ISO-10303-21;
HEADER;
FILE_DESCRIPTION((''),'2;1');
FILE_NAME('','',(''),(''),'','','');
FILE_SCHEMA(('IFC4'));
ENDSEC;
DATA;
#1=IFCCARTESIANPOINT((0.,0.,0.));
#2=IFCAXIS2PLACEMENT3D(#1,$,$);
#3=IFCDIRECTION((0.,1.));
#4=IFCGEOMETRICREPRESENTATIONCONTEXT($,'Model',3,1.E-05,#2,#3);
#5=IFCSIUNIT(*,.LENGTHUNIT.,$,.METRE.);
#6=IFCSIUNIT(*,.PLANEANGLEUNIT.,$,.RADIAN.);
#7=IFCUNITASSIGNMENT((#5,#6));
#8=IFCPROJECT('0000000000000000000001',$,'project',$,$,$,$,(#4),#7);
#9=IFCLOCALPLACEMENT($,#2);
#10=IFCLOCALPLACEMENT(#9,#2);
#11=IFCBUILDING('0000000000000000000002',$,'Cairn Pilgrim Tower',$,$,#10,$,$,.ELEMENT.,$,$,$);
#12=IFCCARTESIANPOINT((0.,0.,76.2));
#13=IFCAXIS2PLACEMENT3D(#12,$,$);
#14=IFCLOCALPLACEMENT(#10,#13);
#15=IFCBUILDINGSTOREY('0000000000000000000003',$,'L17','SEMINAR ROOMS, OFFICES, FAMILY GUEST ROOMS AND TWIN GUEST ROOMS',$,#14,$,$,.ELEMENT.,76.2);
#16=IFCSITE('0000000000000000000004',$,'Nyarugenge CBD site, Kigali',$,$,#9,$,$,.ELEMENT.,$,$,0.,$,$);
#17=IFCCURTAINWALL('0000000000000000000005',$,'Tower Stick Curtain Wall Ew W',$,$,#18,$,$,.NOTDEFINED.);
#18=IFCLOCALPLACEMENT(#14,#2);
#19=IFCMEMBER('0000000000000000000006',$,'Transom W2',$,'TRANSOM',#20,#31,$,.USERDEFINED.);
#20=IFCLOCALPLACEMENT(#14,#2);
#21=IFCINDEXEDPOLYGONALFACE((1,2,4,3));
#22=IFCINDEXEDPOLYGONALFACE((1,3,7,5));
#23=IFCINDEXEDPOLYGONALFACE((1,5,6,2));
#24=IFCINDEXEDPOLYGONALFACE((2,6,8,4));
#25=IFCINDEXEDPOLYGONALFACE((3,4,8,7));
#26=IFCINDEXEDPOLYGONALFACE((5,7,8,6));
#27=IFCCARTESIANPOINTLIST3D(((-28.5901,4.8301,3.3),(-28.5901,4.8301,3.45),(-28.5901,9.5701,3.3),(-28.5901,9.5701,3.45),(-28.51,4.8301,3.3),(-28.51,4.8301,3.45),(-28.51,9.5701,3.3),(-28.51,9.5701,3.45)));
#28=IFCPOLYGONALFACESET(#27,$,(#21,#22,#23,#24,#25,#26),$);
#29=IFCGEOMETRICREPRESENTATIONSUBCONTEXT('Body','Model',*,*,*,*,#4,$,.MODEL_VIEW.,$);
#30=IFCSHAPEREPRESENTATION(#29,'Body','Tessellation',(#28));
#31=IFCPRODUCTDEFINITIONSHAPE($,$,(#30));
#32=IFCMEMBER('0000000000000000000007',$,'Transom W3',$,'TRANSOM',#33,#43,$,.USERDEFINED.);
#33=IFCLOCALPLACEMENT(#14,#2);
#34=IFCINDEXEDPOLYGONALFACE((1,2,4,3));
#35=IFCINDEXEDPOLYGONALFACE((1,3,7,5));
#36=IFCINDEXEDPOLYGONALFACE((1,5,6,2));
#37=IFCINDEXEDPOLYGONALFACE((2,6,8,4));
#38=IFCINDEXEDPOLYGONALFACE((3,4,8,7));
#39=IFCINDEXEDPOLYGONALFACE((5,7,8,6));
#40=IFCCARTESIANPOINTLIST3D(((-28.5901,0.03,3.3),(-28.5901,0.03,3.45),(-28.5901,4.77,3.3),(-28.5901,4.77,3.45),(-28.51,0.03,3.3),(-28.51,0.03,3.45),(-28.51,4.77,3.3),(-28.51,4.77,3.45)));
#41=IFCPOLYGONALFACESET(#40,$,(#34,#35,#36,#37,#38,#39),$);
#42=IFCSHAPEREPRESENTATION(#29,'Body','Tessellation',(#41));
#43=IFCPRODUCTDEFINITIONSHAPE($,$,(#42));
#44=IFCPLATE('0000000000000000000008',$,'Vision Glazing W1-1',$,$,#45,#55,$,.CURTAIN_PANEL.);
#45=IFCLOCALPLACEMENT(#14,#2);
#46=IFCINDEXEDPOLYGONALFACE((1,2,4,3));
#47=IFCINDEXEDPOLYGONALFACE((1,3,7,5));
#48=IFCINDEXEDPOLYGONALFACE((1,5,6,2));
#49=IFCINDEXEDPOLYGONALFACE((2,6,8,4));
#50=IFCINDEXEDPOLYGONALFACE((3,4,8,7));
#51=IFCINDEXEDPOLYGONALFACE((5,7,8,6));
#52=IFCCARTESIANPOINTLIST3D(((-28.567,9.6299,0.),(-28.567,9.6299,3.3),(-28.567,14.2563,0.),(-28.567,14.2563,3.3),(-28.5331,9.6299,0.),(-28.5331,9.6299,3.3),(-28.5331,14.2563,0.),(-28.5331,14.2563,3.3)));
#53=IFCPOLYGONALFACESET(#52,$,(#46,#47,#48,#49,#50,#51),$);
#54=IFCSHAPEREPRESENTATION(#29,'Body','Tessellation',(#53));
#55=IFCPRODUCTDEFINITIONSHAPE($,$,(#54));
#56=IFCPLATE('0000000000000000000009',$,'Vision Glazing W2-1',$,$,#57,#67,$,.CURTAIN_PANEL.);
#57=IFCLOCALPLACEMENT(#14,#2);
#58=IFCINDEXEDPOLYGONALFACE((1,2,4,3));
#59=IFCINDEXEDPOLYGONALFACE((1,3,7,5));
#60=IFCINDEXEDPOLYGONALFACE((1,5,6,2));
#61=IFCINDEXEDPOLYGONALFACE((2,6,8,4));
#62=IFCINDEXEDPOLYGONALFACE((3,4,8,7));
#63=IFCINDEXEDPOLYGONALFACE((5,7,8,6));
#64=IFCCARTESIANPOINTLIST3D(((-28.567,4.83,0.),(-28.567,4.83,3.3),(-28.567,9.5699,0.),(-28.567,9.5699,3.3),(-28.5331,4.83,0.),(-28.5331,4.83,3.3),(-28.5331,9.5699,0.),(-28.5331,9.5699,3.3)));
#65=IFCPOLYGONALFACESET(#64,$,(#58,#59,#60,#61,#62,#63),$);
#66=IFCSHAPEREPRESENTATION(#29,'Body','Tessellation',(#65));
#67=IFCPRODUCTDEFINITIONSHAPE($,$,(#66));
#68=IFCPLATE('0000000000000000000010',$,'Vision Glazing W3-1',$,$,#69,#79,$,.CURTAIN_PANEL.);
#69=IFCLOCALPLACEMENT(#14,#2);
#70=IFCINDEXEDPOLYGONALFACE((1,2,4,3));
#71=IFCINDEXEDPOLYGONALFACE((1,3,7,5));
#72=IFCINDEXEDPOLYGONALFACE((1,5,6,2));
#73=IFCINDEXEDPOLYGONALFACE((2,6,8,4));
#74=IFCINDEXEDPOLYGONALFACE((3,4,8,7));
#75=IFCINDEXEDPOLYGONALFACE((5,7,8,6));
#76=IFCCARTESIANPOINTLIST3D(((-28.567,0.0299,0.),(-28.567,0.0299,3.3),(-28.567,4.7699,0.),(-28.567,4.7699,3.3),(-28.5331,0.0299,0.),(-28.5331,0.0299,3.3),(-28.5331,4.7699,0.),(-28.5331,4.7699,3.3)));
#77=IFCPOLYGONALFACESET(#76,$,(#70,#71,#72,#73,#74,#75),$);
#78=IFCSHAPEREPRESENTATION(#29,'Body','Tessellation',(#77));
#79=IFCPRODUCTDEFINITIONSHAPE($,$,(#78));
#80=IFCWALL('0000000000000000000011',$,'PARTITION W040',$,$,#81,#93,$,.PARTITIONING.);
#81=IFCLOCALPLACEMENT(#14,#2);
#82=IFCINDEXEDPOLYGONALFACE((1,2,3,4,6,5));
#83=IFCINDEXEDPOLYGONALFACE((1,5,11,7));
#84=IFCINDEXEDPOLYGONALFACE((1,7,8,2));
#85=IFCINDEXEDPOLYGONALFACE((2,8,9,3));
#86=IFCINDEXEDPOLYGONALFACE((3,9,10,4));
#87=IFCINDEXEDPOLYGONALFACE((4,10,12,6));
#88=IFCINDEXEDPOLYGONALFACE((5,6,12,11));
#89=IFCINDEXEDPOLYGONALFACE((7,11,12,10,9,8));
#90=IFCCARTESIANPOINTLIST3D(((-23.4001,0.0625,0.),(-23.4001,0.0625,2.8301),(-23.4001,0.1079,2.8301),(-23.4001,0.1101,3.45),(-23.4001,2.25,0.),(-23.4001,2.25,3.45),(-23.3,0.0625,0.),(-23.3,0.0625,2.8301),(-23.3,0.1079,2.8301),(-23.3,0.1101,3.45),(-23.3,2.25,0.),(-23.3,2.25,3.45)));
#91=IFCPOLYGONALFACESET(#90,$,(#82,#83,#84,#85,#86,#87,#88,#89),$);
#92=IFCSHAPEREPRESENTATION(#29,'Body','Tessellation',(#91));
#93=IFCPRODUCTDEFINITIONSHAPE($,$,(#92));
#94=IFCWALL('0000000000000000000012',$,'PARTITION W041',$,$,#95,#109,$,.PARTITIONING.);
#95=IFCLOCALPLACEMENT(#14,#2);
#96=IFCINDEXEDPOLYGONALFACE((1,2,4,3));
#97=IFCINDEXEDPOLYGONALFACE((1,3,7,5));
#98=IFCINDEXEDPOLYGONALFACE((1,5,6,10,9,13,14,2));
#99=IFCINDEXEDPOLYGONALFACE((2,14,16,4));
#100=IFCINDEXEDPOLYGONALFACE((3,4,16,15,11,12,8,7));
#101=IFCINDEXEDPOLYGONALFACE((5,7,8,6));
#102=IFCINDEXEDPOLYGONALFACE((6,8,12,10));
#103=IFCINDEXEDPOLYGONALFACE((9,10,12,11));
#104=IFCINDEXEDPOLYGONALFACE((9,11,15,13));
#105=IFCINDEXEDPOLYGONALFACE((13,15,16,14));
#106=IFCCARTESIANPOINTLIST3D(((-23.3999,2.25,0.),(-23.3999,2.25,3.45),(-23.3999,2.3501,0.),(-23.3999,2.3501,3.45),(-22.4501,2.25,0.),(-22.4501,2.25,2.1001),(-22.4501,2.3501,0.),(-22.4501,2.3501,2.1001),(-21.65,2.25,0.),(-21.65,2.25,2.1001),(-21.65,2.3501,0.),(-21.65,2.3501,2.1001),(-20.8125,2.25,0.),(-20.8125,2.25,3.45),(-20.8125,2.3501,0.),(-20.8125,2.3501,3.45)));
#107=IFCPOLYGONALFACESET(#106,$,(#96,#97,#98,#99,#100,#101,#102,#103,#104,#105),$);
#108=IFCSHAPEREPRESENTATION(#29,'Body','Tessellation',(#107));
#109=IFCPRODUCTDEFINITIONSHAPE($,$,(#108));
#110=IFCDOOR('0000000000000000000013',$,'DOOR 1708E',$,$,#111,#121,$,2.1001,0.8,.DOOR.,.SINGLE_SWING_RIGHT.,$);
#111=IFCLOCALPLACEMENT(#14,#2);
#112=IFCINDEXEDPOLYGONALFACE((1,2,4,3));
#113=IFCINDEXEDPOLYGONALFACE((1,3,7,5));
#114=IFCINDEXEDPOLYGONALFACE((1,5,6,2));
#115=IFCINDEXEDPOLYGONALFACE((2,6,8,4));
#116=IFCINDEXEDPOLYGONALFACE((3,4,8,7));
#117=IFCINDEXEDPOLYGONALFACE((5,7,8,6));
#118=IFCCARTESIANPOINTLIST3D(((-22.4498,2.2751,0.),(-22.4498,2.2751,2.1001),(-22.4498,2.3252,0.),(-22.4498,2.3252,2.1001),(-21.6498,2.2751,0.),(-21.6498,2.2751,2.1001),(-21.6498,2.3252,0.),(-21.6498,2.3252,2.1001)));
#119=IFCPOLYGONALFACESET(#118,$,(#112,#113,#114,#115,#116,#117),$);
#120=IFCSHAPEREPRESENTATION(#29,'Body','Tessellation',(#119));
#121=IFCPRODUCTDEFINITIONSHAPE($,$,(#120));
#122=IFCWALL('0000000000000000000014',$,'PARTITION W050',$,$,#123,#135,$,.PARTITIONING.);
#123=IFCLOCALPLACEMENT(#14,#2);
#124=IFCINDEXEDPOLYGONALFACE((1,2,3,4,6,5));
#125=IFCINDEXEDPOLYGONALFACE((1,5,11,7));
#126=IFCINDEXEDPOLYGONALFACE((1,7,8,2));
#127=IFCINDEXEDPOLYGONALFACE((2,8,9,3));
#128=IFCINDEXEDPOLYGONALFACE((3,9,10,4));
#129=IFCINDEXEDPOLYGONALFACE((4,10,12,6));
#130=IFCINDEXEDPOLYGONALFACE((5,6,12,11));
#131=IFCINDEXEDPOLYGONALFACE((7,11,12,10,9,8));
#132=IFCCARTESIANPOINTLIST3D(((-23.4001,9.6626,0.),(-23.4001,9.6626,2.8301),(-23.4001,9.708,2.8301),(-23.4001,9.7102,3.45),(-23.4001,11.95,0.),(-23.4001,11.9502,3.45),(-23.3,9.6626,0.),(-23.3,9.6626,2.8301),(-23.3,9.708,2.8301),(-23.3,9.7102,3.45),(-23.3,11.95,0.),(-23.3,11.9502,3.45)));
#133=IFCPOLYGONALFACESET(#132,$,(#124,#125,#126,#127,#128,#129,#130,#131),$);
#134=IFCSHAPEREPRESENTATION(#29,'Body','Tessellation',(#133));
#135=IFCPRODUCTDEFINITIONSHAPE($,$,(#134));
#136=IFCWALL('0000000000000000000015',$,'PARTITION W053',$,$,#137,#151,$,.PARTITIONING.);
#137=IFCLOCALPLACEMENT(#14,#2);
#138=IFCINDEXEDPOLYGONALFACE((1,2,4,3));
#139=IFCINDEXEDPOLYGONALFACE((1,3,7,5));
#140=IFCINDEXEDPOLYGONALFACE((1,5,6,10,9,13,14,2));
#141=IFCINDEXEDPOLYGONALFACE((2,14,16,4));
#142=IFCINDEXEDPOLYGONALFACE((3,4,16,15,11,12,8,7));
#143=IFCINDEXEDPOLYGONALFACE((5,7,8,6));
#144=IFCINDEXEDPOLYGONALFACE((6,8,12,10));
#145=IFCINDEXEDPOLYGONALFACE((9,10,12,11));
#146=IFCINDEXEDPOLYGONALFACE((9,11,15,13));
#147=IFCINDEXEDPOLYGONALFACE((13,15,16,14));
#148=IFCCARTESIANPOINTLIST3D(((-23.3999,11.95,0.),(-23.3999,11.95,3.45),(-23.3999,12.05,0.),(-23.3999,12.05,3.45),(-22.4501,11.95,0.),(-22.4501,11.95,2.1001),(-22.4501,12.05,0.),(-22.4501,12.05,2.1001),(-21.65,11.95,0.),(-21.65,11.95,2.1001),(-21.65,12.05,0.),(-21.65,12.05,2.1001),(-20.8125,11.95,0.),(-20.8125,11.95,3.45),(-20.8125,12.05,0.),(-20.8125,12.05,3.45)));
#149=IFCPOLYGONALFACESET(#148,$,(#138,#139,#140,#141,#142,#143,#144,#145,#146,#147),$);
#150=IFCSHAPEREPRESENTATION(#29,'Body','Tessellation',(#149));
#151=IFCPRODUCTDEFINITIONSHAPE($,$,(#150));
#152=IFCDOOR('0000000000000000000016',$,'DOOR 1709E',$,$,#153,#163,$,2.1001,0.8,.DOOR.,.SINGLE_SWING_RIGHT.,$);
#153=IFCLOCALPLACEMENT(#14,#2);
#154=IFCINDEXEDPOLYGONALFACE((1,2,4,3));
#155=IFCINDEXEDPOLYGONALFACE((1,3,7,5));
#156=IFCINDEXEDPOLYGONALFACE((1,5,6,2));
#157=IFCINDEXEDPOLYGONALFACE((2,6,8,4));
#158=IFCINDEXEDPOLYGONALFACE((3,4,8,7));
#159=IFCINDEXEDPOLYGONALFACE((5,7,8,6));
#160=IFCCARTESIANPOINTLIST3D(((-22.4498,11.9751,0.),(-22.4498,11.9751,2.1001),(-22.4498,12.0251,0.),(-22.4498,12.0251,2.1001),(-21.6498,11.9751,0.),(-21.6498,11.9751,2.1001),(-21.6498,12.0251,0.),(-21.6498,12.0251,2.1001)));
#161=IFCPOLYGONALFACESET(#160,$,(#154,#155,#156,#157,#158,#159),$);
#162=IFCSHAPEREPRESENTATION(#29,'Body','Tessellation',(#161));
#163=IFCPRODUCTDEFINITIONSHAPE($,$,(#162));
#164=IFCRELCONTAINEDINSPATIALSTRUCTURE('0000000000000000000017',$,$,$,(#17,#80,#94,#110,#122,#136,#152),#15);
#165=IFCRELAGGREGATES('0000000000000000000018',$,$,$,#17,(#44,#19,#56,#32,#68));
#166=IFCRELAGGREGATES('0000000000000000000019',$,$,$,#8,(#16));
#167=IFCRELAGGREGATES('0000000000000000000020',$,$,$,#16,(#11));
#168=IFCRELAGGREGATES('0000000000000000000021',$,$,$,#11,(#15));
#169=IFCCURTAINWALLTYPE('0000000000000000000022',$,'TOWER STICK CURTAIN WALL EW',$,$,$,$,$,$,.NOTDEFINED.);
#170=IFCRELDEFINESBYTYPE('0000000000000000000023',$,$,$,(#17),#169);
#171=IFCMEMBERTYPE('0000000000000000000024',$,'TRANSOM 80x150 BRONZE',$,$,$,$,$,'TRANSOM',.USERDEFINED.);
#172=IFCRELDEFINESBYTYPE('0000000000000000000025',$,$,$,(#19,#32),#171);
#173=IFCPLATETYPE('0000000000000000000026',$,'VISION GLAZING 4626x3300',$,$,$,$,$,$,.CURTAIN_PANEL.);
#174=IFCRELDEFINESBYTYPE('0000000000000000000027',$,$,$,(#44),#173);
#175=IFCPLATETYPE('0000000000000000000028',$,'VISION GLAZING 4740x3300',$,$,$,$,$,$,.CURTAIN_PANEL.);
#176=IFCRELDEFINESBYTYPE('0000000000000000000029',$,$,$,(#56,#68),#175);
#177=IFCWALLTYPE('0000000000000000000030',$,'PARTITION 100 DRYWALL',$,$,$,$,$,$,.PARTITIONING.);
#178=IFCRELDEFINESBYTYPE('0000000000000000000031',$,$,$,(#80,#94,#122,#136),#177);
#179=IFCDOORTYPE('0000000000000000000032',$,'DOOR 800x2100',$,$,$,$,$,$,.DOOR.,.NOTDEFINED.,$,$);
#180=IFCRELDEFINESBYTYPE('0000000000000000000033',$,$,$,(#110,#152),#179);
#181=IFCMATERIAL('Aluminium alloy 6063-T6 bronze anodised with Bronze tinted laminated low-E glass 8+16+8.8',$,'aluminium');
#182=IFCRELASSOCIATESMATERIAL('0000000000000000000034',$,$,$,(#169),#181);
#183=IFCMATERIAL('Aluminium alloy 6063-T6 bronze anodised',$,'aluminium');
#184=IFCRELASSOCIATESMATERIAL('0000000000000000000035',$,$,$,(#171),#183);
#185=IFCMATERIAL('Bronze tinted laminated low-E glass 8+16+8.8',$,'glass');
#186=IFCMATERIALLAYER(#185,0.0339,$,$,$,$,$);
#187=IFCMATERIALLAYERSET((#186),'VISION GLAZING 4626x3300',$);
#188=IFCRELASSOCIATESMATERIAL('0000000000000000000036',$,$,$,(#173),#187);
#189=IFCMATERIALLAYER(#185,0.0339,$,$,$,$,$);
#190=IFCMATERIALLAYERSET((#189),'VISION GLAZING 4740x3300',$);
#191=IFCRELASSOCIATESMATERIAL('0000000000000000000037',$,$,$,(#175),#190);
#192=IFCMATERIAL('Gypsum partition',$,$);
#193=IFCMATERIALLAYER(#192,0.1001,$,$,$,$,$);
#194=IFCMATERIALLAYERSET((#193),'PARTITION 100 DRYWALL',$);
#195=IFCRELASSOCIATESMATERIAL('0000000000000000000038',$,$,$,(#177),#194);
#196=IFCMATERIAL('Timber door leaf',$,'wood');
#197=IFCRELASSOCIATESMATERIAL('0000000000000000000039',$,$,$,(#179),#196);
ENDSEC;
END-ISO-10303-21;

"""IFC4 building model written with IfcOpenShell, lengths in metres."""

from ifc_helpers import new_model, si_unit, direction, frame, frame_2d, origin, origin_2d, place, context, subcontext, project, spatial, polyline, rectangle, outline, extrude, material, layer, layer_set, material_profile, profile_set, type_object, element, fill, aggregate, save


model = new_model("IFC4")

# Units and contexts
model_context = context("Model", 3, precision=1e-05, world=origin(), true_north=direction((0.0, 1.0)))
body_context = subcontext(model_context, "Body", "Model", "MODEL_VIEW")
ifc_project = project(units=[si_unit("LENGTHUNIT", "METRE"), si_unit("PLANEANGLEUNIT", "RADIAN")], contexts=[model_context])

# Site, building, storey
site_placement = place(None, origin())
site = spatial("IfcSite", under=ifc_project, at=site_placement, Name="Nyarugenge CBD site, Kigali", CompositionType="ELEMENT", RefElevation=0.0)
building_placement = place(site_placement, origin())
building = spatial("IfcBuilding", under=site, at=building_placement, Name="Cairn Pilgrim Tower", CompositionType="ELEMENT")
storey_placement = place(building_placement, frame((0.0, 0.0, 76.2)))
storey = spatial("IfcBuildingStorey", under=building, at=storey_placement, Name="L17", Description="SEMINAR ROOMS, OFFICES, FAMILY GUEST ROOMS AND TWIN GUEST ROOMS", CompositionType="ELEMENT", Elevation=76.2)

# Curtain wall
ifc_material_1 = material(Name="Aluminium alloy 6063-T6 bronze anodised with Bronze tinted laminated low-E glass 8+16+8.8", Category="aluminium")
curtain_wall_type = type_object("IfcCurtainWallType", Name="TOWER STICK CURTAIN WALL EW", PredefinedType="NOTDEFINED", material=ifc_material_1)
curtain_wall_placement = place(storey_placement, origin())
curtain_wall = element("IfcCurtainWall", 1, at=curtain_wall_placement, inside=storey, type_object=curtain_wall_type, Name="Tower Stick Curtain Wall Ew W", PredefinedType="NOTDEFINED")
ifc_material_2 = material(Name="Aluminium alloy 6063-T6 bronze anodised", Category="aluminium")

# Members
ifc_material_profile_1 = material_profile(ifc_material_2, rectangle(XDim=0.0801, YDim=0.1499, at=origin_2d()), Name="TRANSOM 80x150 BRONZE")
ifc_profile_set_1 = profile_set([ifc_material_profile_1], Name="Aluminium alloy 6063-T6 bronze anodised")
member_type_1 = type_object("IfcMemberType", Name="TRANSOM 80x150 BRONZE", ElementType="TRANSOM", PredefinedType="USERDEFINED", material=ifc_profile_set_1)
member_1_placement = place(storey_placement, frame((-28.55, 9.5701, 3.375), z_axis=(0.0, -1.0, 0.0), x_axis=(1.0, 0.0, 0.0)))
member_1 = element("IfcMember", 2, at=member_1_placement, type_object=member_type_1, Name="Transom W2", ObjectType="TRANSOM", PredefinedType="USERDEFINED", context=body_context, shape_type="SweptSolid", body=[
    extrude(rectangle(XDim=0.0801, YDim=0.1499, at=origin_2d()), origin(), (0.0, 0.0, 1.0), 4.74),
])
member_2_placement = place(storey_placement, frame((-28.55, 4.77, 3.375), z_axis=(0.0, -1.0, 0.0), x_axis=(1.0, 0.0, 0.0)))
member_2 = element("IfcMember", 3, at=member_2_placement, type_object=member_type_1, Name="Transom W3", ObjectType="TRANSOM", PredefinedType="USERDEFINED", context=body_context, shape_type="SweptSolid", body=[
    extrude(rectangle(XDim=0.0801, YDim=0.1499, at=origin_2d()), origin(), (0.0, 0.0, 1.0), 4.74),
])

# Plates
ifc_material_3 = material(Name="Bronze tinted laminated low-E glass 8+16+8.8", Category="glass")
ifc_layer_1 = layer(ifc_material_3, 0.0339)
ifc_layer_set_1 = layer_set([ifc_layer_1], Name="VISION GLAZING 4626x3300")
plate_type_1 = type_object("IfcPlateType", Name="VISION GLAZING 4626x3300", PredefinedType="CURTAIN_PANEL", material=ifc_layer_set_1)
plate_1_placement = place(storey_placement, frame((-28.55, 11.9431, 0.0), z_axis=(0.0, 0.0, 1.0), x_axis=(0.0, -1.0, 0.0)))
plate_1 = element("IfcPlate", 4, at=plate_1_placement, type_object=plate_type_1, Name="Vision Glazing W1-1", PredefinedType="CURTAIN_PANEL", context=body_context, shape_type="SweptSolid", body=[
    extrude(rectangle(XDim=4.6265, YDim=0.0339, at=origin_2d()), origin(), (0.0, 0.0, 1.0), 3.3),
])
ifc_layer_2 = layer(ifc_material_3, 0.0339)
ifc_layer_set_2 = layer_set([ifc_layer_2], Name="VISION GLAZING 4740x3300")
plate_type_2 = type_object("IfcPlateType", Name="VISION GLAZING 4740x3300", PredefinedType="CURTAIN_PANEL", material=ifc_layer_set_2)
plate_2_placement = place(storey_placement, frame((-28.55, 7.2, 0.0), z_axis=(0.0, 0.0, 1.0), x_axis=(0.0, -1.0, 0.0)))
plate_2 = element("IfcPlate", 5, at=plate_2_placement, type_object=plate_type_2, Name="Vision Glazing W2-1", PredefinedType="CURTAIN_PANEL", context=body_context, shape_type="SweptSolid", body=[
    extrude(rectangle(XDim=4.74, YDim=0.0339, at=origin_2d()), origin(), (0.0, 0.0, 1.0), 3.3),
])
plate_3_placement = place(storey_placement, frame((-28.55, 2.3999, 0.0), z_axis=(0.0, 0.0, 1.0), x_axis=(0.0, -1.0, 0.0)))
plate_3 = element("IfcPlate", 6, at=plate_3_placement, type_object=plate_type_2, Name="Vision Glazing W3-1", PredefinedType="CURTAIN_PANEL", context=body_context, shape_type="SweptSolid", body=[
    extrude(rectangle(XDim=4.74, YDim=0.0339, at=origin_2d()), origin(), (0.0, 0.0, 1.0), 3.3),
])
aggregate(curtain_wall, [plate_1, member_1, plate_2, member_2, plate_3])

# Wall
ifc_material_4 = material(Name="Gypsum partition")
ifc_layer_3 = layer(ifc_material_4, 0.1001)
ifc_layer_set_3 = layer_set([ifc_layer_3], Name="PARTITION 100 DRYWALL")
wall_type_1 = type_object("IfcWallType", Name="PARTITION 100 DRYWALL", PredefinedType="PARTITIONING", material=ifc_layer_set_3)
wall_1_placement = place(storey_placement, frame((-23.3501, 0.0625, 0.0), z_axis=(0.0, 0.0, 1.0), x_axis=(0.0, 1.0, 0.0)))
element("IfcWall", 7, at=wall_1_placement, inside=storey, type_object=wall_type_1, Name="PARTITION W040", PredefinedType="PARTITIONING", context=body_context, shape_type="SweptSolid", body=[
    extrude(outline(polyline([(0.0, 0.0), (2.1875, 0.0), (2.1875, 3.45), (0.0476, 3.45), (0.0454, 2.8301), (0.0, 2.8301), (0.0, 0.0)])), frame((0.0, 0.05, 0.0), z_axis=(0.0, -1.0, 0.0), x_axis=(1.0, 0.0, 0.0)), (0.0, 0.0, 1.0), 0.1001),
])

# Wall, opening, door
wall_2_placement = place(storey_placement, frame((-23.3999, 2.3, 0.0), z_axis=(0.0, 0.0, 1.0), x_axis=(1.0, 0.0, 0.0)))
wall_2 = element("IfcWall", 8, at=wall_2_placement, inside=storey, type_object=wall_type_1, Name="PARTITION W041", PredefinedType="PARTITIONING", context=body_context, shape_type="SweptSolid", body=[
    extrude(rectangle(XDim=2.5874, YDim=0.1001, at=frame_2d((1.2937, 0.0))), origin(), (0.0, 0.0, 1.0), 3.45),
])
opening_1_placement = place(wall_2_placement, frame((0.95, 0.0, 0.0)))
opening_1 = element("IfcOpeningElement", 9, at=opening_1_placement, cuts=wall_2, PredefinedType="OPENING", context=body_context, shape_type="SweptSolid", body=[
    extrude(rectangle(XDim=0.8, YDim=2.1001, at=frame_2d((0.3999, 1.05))), frame((0.0, 0.0601, 0.0), z_axis=(0.0, -1.0, 0.0), x_axis=(1.0, 0.0, 0.0)), (0.0, 0.0, 1.0), 0.1201),
])
ifc_material_5 = material(Name="Timber door leaf", Category="wood")
door_type_1 = type_object("IfcDoorType", Name="DOOR 800x2100", OperationType="NOTDEFINED", PredefinedType="DOOR", material=ifc_material_5)
door_1_placement = place(opening_1_placement, frame((0.8, 0.0, 0.0), z_axis=(0.0, 0.0, 1.0), x_axis=(-1.0, 0.0, 0.0)))
door_1 = element("IfcDoor", 10, at=door_1_placement, inside=storey, type_object=door_type_1, Name="DOOR 1708E", OperationType="SINGLE_SWING_RIGHT", OverallHeight=2.1001, OverallWidth=0.8, PredefinedType="DOOR", context=body_context, shape_type="SweptSolid", body=[
    extrude(rectangle(XDim=0.8, YDim=2.1001, at=frame_2d((0.3999, 1.05))), frame((0.0, 0.0249, 0.0), z_axis=(0.0, -1.0, 0.0), x_axis=(1.0, 0.0, 0.0)), (0.0, 0.0, 1.0), 0.05),
])
fill(opening_1, door_1)

# Wall
wall_3_placement = place(storey_placement, frame((-23.3501, 9.6626, 0.0), z_axis=(0.0, 0.0, 1.0), x_axis=(0.0, 1.0, 0.0)))
element("IfcWall", 11, at=wall_3_placement, inside=storey, type_object=wall_type_1, Name="PARTITION W050", PredefinedType="PARTITIONING", context=body_context, shape_type="SweptSolid", body=[
    extrude(outline(polyline([(0.0, 0.0), (2.2874, 0.0), (2.2876, 3.45), (0.0476, 3.45), (0.0454, 2.8301), (0.0, 2.8301), (0.0, 0.0)])), frame((0.0, 0.05, 0.0), z_axis=(0.0, -1.0, 0.0), x_axis=(1.0, 0.0, 0.0)), (0.0, 0.0, 1.0), 0.1001),
])

# Wall, opening, door
wall_4_placement = place(storey_placement, frame((-23.3999, 12.0, 0.0), z_axis=(0.0, 0.0, 1.0), x_axis=(1.0, 0.0, 0.0)))
wall_4 = element("IfcWall", 12, at=wall_4_placement, inside=storey, type_object=wall_type_1, Name="PARTITION W053", PredefinedType="PARTITIONING", context=body_context, shape_type="SweptSolid", body=[
    extrude(rectangle(XDim=2.5874, YDim=0.1001, at=frame_2d((1.2937, 0.0))), origin(), (0.0, 0.0, 1.0), 3.45),
])
opening_2_placement = place(wall_4_placement, frame((0.95, 0.0, 0.0)))
opening_2 = element("IfcOpeningElement", 13, at=opening_2_placement, cuts=wall_4, PredefinedType="OPENING", context=body_context, shape_type="SweptSolid", body=[
    extrude(rectangle(XDim=0.8, YDim=2.1001, at=frame_2d((0.3999, 1.05))), frame((0.0, 0.0601, 0.0), z_axis=(0.0, -1.0, 0.0), x_axis=(1.0, 0.0, 0.0)), (0.0, 0.0, 1.0), 0.1201),
])
door_2_placement = place(opening_2_placement, frame((0.8, 0.0, 0.0), z_axis=(0.0, 0.0, 1.0), x_axis=(-1.0, 0.0, 0.0)))
door_2 = element("IfcDoor", 14, at=door_2_placement, inside=storey, type_object=door_type_1, Name="DOOR 1709E", OperationType="SINGLE_SWING_RIGHT", OverallHeight=2.1001, OverallWidth=0.8, PredefinedType="DOOR", context=body_context, shape_type="SweptSolid", body=[
    extrude(rectangle(XDim=0.8, YDim=2.1001, at=frame_2d((0.3999, 1.05))), frame((0.0, 0.0249, 0.0), z_axis=(0.0, -1.0, 0.0), x_axis=(1.0, 0.0, 0.0)), (0.0, 0.0, 1.0), 0.05),
])
fill(opening_2, door_2)

save(model, "model.ifc")
